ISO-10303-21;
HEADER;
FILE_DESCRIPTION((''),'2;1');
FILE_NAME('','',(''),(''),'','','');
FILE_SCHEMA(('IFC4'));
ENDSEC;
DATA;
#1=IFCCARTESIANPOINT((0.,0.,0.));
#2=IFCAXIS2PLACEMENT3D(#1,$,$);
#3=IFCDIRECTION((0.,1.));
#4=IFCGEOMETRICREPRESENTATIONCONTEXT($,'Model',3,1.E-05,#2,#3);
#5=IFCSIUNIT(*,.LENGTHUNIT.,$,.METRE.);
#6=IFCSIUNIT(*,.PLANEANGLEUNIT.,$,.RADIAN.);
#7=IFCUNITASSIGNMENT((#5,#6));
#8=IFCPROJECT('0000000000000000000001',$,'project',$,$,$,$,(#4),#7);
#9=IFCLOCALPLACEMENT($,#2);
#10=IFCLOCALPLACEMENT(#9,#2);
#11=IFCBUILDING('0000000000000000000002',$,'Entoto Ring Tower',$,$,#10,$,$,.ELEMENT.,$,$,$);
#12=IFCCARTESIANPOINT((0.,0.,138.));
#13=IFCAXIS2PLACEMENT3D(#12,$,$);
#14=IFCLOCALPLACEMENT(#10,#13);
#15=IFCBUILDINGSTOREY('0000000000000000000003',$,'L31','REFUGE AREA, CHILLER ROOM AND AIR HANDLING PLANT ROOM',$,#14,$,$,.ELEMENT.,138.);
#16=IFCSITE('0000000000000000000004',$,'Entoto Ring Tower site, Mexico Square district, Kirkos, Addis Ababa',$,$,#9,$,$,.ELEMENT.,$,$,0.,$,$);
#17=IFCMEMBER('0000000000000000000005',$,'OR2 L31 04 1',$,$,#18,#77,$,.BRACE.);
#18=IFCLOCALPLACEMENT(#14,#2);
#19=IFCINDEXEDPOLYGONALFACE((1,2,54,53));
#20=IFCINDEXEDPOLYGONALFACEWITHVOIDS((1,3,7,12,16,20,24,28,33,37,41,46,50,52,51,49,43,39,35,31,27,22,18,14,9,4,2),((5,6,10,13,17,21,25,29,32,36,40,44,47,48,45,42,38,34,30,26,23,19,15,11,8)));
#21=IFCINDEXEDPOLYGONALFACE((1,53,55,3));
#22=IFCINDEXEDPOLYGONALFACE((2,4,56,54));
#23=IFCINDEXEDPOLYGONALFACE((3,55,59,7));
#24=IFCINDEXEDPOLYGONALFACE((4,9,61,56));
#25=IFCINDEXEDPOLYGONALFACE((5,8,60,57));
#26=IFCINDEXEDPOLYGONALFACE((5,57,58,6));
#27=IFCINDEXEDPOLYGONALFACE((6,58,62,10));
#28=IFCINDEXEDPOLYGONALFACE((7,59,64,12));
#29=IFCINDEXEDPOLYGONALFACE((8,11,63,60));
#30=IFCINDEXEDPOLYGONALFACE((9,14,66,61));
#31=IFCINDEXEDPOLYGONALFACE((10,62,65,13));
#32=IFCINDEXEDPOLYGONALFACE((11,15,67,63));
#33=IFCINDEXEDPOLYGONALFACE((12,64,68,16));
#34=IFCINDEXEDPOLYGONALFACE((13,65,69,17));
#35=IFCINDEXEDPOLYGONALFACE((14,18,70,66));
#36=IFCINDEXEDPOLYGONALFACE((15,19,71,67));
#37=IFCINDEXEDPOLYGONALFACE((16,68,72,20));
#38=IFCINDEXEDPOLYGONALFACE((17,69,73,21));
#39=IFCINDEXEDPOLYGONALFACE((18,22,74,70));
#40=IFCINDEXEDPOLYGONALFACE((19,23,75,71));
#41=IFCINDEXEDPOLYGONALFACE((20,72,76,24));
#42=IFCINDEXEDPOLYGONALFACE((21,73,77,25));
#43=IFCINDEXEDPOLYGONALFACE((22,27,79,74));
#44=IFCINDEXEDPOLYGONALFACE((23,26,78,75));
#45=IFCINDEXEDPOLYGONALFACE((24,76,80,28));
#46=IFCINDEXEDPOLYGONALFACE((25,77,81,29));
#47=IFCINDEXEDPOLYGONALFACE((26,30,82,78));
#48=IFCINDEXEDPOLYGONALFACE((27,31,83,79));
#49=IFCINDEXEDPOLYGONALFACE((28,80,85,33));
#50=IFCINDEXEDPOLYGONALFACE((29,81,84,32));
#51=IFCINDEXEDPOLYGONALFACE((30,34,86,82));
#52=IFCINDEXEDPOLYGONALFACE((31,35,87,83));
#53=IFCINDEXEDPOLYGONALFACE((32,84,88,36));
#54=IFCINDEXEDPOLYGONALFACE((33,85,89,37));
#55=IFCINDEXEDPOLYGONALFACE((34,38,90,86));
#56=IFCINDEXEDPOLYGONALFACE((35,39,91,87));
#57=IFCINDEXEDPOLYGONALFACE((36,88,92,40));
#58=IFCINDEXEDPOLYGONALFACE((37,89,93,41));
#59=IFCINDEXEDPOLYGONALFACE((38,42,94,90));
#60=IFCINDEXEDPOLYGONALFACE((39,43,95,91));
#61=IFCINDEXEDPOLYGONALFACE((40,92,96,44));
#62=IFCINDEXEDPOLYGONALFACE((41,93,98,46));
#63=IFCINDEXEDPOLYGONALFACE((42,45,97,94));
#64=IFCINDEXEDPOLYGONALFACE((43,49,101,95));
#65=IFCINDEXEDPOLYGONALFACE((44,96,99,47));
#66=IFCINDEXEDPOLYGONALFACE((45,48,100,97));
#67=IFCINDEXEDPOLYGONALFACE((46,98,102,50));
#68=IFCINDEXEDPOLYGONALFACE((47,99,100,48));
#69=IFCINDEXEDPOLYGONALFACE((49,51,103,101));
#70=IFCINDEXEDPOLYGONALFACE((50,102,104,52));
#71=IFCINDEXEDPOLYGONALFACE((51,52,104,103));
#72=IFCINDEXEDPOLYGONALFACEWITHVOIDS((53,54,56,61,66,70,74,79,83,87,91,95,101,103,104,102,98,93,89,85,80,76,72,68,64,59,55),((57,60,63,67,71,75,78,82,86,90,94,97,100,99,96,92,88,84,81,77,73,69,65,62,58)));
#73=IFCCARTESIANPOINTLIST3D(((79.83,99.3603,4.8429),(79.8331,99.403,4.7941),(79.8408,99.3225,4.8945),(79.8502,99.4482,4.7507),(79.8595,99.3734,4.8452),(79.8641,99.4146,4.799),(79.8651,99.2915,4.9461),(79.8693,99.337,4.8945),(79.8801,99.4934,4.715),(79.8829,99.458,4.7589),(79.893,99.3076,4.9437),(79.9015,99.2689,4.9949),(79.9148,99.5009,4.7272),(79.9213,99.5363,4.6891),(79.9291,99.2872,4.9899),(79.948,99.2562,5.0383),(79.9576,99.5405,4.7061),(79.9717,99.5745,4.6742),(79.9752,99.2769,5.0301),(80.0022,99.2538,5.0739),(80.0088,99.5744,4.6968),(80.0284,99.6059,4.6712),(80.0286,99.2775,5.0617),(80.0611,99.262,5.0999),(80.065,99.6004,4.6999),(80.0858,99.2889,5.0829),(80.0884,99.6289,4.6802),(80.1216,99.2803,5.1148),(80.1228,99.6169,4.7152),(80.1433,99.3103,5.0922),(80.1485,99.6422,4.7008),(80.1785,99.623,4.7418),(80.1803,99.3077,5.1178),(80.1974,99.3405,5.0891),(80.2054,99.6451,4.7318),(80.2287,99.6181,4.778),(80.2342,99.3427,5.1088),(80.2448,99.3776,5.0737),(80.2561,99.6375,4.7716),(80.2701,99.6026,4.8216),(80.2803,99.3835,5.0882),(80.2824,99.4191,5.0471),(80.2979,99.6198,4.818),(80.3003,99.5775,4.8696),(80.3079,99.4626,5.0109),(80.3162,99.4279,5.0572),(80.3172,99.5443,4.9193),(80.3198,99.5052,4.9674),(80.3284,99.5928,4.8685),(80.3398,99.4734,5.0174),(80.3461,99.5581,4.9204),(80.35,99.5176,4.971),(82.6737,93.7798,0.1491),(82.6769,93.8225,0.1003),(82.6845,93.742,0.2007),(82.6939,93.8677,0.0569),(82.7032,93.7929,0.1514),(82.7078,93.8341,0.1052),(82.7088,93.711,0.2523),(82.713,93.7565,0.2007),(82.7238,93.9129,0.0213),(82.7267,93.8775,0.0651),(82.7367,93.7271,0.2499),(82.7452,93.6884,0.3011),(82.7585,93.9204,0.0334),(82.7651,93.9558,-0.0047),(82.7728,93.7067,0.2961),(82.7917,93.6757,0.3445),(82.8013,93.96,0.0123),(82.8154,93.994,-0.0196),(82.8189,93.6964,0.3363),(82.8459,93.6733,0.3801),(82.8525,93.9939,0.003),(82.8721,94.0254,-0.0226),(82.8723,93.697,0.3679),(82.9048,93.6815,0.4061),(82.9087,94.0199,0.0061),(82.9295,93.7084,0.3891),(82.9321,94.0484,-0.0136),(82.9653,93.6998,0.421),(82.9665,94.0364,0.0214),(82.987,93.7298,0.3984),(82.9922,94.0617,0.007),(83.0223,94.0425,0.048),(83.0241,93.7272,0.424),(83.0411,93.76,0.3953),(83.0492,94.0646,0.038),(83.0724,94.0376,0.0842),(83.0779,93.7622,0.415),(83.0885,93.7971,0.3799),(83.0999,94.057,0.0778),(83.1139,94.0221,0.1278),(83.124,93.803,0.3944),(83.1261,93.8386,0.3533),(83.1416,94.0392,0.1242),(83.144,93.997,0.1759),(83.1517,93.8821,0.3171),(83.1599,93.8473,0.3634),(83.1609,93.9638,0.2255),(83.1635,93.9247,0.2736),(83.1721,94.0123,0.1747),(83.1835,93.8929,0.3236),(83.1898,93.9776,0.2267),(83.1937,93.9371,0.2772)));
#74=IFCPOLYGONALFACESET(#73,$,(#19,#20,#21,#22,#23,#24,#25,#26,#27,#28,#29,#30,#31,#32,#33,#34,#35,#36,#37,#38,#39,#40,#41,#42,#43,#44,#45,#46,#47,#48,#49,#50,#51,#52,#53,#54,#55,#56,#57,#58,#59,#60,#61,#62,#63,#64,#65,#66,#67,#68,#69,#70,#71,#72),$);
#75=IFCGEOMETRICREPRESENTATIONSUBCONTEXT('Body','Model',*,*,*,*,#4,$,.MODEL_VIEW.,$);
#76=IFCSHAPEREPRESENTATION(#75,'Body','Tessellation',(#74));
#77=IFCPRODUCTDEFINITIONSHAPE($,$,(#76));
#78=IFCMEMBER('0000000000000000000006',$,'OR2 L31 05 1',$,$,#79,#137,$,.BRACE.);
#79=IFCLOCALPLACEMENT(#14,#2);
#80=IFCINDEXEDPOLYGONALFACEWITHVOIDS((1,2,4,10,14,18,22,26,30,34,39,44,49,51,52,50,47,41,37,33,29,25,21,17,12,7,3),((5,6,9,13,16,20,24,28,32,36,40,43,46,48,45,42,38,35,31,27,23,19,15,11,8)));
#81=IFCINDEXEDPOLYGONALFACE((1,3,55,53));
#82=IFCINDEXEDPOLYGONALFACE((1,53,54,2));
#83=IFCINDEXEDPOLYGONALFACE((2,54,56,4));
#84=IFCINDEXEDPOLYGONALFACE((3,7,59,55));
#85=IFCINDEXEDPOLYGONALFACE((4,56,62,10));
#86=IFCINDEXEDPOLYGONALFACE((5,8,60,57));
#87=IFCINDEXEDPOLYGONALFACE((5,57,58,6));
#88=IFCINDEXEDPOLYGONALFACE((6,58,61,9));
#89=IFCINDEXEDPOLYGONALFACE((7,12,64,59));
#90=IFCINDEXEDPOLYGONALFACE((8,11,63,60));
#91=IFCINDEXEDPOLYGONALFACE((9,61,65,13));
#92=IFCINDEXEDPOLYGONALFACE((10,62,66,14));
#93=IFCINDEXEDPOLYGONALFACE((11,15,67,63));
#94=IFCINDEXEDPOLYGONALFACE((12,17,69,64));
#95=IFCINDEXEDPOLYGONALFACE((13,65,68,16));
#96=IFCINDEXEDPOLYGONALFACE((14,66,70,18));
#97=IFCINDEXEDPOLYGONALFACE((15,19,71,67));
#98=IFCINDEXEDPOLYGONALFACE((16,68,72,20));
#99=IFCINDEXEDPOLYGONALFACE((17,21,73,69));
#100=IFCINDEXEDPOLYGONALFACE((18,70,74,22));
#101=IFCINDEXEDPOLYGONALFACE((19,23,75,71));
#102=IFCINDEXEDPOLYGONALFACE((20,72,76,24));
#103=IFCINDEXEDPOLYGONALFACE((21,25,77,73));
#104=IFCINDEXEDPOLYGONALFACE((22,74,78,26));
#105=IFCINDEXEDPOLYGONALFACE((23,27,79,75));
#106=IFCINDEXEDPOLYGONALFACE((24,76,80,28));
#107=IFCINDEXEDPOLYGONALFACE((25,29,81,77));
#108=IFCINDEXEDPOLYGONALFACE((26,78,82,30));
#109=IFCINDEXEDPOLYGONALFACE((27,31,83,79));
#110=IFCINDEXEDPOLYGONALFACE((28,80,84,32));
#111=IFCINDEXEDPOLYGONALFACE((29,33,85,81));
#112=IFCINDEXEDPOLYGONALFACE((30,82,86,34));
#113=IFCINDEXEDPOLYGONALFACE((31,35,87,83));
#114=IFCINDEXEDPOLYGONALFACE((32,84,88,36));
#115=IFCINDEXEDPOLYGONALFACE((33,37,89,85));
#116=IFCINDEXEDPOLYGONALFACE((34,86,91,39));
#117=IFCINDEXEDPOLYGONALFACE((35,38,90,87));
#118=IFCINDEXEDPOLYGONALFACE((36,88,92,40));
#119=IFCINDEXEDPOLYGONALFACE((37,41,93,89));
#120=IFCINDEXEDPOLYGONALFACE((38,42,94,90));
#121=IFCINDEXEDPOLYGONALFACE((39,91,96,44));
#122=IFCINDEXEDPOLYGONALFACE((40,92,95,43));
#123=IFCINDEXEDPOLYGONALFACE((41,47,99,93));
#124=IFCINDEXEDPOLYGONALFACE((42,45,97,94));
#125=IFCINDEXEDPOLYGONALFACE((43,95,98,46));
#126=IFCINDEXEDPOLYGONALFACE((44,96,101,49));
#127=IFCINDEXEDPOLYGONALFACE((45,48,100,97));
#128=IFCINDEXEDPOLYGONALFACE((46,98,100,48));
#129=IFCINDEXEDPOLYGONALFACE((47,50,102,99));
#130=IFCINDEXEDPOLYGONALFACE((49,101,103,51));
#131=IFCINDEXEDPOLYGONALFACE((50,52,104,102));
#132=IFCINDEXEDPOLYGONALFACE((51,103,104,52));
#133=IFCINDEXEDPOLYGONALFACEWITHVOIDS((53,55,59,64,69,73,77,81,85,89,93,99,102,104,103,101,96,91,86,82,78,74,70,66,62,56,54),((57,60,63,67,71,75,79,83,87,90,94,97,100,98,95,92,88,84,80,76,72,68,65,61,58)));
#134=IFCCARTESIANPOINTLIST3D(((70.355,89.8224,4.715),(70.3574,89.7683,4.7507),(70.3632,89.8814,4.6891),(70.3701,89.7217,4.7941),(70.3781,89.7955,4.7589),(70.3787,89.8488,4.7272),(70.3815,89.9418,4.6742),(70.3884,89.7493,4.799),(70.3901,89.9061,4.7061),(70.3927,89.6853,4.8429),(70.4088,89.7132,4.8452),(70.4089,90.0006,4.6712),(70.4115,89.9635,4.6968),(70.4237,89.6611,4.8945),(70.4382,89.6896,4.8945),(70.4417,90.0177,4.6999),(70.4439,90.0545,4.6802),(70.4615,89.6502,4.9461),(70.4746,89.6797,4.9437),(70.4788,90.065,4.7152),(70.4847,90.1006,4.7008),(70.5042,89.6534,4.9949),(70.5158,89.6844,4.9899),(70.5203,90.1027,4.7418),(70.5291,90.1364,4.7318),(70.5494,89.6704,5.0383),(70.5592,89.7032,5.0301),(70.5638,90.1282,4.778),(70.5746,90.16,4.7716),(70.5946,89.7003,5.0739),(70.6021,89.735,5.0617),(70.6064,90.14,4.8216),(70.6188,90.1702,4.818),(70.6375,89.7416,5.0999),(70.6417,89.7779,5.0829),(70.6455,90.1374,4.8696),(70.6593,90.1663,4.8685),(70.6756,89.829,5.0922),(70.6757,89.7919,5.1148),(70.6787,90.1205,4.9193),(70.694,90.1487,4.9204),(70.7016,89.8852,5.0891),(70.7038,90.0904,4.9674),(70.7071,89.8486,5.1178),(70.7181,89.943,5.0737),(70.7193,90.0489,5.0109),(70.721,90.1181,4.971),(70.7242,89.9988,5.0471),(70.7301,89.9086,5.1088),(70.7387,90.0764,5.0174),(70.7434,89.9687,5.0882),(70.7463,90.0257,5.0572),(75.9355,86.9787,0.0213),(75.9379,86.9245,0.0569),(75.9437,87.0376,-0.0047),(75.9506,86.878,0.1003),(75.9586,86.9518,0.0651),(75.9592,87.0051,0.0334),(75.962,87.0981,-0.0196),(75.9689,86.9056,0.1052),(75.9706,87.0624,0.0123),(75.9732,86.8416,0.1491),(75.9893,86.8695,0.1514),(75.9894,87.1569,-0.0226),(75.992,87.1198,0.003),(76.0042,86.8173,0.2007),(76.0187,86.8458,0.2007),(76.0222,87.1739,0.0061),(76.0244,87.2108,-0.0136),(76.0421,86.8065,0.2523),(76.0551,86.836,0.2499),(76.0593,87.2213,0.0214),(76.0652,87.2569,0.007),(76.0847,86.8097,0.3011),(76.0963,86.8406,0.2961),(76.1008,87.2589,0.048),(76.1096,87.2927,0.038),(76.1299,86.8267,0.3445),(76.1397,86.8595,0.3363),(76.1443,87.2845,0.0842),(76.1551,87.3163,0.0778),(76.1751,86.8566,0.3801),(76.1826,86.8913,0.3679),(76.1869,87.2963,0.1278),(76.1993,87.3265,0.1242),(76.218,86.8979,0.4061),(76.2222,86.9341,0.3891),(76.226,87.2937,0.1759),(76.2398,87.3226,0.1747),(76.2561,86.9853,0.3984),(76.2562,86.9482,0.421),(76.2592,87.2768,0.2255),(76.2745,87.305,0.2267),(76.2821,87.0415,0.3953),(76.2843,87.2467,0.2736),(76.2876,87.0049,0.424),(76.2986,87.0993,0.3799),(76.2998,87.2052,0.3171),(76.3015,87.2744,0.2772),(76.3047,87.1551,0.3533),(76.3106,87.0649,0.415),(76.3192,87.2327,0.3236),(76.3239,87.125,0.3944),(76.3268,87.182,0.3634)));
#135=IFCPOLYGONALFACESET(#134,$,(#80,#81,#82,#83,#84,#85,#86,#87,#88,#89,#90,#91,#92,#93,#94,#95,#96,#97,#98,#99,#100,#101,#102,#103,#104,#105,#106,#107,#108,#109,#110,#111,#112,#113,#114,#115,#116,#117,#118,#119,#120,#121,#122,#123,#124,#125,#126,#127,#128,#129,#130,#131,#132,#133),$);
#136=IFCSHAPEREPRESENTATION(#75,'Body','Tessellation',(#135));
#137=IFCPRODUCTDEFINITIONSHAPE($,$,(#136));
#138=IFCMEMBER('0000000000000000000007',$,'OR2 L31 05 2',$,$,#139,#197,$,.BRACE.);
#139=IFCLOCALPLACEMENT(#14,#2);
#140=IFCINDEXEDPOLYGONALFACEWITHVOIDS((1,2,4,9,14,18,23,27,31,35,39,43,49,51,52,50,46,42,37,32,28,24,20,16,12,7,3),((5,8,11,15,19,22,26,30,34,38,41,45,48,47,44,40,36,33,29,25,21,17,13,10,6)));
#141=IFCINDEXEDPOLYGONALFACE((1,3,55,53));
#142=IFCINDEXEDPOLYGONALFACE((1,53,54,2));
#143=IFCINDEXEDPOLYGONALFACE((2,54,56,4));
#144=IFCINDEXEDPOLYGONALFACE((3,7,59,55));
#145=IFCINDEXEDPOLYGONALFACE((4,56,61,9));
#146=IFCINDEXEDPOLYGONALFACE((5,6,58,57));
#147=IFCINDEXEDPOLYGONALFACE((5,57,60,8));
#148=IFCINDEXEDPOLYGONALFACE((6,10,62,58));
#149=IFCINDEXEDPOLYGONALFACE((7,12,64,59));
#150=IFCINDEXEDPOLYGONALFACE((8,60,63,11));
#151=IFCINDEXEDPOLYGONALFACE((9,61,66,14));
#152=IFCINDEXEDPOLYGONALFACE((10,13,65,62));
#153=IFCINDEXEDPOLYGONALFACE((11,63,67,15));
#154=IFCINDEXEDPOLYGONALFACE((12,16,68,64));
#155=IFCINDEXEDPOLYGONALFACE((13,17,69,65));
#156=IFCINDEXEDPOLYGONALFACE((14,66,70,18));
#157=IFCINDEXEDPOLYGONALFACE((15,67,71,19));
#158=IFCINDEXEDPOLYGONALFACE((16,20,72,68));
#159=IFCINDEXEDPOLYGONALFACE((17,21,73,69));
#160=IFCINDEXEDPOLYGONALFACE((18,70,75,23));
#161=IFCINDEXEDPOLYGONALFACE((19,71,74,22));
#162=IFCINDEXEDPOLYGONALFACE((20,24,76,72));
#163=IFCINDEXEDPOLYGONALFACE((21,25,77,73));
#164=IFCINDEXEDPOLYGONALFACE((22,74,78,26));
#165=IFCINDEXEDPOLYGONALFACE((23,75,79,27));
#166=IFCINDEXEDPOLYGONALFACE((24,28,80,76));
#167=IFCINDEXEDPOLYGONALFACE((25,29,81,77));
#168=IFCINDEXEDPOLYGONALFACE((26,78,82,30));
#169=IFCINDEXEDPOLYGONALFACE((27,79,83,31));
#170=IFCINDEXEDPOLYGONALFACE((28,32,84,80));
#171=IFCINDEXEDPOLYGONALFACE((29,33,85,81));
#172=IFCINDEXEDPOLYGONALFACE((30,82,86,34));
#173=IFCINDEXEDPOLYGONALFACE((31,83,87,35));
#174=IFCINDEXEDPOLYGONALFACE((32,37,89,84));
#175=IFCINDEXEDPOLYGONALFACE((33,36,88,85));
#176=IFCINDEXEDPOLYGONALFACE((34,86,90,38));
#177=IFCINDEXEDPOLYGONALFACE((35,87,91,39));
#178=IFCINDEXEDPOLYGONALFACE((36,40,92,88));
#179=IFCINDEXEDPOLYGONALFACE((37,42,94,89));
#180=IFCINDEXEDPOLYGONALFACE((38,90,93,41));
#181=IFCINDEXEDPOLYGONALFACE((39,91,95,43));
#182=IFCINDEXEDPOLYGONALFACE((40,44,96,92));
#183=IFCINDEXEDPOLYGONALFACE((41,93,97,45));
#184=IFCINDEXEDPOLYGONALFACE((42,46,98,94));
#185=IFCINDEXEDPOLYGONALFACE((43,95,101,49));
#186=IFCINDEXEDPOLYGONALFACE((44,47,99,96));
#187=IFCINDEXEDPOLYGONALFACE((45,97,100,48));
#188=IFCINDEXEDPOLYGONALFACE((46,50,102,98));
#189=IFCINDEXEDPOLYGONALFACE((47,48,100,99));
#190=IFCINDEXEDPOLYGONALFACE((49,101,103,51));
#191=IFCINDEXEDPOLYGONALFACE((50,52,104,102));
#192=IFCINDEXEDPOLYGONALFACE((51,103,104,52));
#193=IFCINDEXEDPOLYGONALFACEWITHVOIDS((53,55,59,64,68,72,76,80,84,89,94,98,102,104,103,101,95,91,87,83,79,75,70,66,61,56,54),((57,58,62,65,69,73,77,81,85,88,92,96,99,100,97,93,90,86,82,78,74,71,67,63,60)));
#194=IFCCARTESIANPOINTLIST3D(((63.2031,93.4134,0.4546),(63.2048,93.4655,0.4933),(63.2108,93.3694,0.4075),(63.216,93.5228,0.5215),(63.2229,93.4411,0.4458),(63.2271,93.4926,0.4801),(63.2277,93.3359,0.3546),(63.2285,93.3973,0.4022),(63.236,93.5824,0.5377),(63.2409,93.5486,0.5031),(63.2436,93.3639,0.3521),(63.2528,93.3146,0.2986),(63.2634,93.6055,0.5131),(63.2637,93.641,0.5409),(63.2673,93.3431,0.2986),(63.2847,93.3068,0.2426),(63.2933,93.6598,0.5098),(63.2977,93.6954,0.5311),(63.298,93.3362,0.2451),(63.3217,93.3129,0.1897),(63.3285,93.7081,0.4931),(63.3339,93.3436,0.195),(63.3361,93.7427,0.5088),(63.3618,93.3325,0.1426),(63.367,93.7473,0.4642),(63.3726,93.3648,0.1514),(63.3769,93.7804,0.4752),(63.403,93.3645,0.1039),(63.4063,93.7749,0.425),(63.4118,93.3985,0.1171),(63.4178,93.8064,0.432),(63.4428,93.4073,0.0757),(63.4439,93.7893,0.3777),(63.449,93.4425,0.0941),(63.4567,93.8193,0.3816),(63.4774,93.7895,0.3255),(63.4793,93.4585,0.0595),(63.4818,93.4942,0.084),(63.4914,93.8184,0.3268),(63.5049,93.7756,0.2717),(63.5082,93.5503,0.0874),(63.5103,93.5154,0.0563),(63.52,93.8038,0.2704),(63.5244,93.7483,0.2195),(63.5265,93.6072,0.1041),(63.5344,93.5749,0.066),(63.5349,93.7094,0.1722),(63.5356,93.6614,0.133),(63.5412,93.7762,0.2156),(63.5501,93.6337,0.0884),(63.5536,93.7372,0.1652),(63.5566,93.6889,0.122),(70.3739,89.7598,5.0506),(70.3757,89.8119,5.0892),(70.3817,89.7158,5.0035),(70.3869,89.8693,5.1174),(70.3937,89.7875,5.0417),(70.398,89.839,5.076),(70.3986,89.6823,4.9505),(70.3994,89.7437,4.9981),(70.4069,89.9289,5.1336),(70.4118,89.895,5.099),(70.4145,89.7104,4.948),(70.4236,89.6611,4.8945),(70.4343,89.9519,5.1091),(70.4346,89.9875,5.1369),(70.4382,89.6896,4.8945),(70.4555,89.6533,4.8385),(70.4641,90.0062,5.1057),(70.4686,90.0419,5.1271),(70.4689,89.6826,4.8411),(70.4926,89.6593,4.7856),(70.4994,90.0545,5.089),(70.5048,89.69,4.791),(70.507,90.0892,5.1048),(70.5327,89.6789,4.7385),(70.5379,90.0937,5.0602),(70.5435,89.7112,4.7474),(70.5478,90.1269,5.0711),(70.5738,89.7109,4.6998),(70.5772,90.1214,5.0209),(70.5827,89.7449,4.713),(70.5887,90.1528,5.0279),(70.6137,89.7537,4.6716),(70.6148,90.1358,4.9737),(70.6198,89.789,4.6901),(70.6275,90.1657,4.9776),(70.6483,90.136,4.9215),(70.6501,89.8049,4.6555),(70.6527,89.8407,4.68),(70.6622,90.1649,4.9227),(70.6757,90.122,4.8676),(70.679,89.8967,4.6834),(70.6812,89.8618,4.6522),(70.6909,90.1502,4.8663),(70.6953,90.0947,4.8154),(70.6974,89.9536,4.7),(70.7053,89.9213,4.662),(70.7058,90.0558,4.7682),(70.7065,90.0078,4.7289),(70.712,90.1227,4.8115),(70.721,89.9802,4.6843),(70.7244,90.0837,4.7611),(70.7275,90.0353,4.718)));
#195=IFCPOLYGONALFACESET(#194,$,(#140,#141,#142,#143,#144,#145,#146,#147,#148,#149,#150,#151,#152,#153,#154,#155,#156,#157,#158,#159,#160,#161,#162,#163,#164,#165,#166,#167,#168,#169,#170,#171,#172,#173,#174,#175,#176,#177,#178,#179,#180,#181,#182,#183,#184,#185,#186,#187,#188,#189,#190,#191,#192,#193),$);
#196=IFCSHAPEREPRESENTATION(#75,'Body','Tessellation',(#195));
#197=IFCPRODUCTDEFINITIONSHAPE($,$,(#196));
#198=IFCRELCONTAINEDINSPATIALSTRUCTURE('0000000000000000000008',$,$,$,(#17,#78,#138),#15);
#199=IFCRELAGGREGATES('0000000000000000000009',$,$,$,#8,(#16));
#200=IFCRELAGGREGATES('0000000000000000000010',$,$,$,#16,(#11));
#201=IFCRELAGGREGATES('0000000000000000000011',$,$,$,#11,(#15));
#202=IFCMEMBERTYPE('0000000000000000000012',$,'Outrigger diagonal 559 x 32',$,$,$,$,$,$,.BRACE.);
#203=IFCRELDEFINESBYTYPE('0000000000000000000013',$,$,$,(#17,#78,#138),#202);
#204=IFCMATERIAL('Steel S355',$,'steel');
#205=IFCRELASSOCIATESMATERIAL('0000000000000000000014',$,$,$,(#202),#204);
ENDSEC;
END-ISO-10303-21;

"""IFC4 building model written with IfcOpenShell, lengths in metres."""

from ifc_helpers import new_model, si_unit, direction, frame, origin, origin_2d, place, context, subcontext, project, spatial, circle, hollow_circle, extrude, material, material_profile, profile_set, type_object, element, save


model = new_model("IFC4")

# Units and contexts
model_context = context("Model", 3, precision=1e-05, world=origin(), true_north=direction((0.0, 1.0)))
body_context = subcontext(model_context, "Body", "Model", "MODEL_VIEW")
ifc_project = project(units=[si_unit("LENGTHUNIT", "METRE"), si_unit("PLANEANGLEUNIT", "RADIAN")], contexts=[model_context])

# Site, building, storey
site_placement = place(None, origin())
site = spatial("IfcSite", under=ifc_project, at=site_placement, Name="Entoto Ring Tower site, Mexico Square district, Kirkos, Addis Ababa", CompositionType="ELEMENT", RefElevation=0.0)
building_placement = place(site_placement, origin())
building = spatial("IfcBuilding", under=site, at=building_placement, Name="Entoto Ring Tower", CompositionType="ELEMENT")
storey_placement = place(building_placement, frame((0.0, 0.0, 138.0)))
storey = spatial("IfcBuildingStorey", under=building, at=storey_placement, Name="L31", Description="REFUGE AREA, CHILLER ROOM AND AIR HANDLING PLANT ROOM", CompositionType="ELEMENT", Elevation=138.0)

# Members
ifc_material_1 = material(Name="Steel S355", Category="steel")
ifc_material_profile_1 = material_profile(ifc_material_1, hollow_circle(Radius=0.2795, WallThickness=0.032, at=origin_2d()), Name="CHS 559 x 32")
ifc_material_2 = material(Name="Concrete C60/75", Category="concrete")
ifc_material_profile_2 = material_profile(ifc_material_2, circle(Radius=0.2476, at=origin_2d()), Name="Concrete C60/75 infill")
ifc_profile_set_1 = profile_set([ifc_material_profile_1, ifc_material_profile_2], Name="Steel S355")
member_type_1 = type_object("IfcMemberType", Name="Outrigger diagonal 559 x 32", PredefinedType="BRACE", material=ifc_profile_set_1)
for number, where, z_axis, x_axis, name in (
    (1, (82.9336, 93.8689, 0.2007), (-0.363326, 0.71299, 0.5997), (-0.890987, -0.45403, 0.0), "OR2 L31 04 1"),
    (2, (76.1311, 87.0664, 0.2007), (-0.71299, 0.363326, 0.5997), (-0.45403, -0.890987, 0.0), "OR2 L31 05 1"),
):
    element("IfcMember", number, at=place(storey_placement, frame(where, z_axis=z_axis, x_axis=x_axis)), inside=storey, type_object=member_type_1, Name=name, PredefinedType="BRACE", context=body_context, shape_type="SweptSolid", body=[
        extrude(hollow_circle(Radius=0.2795, WallThickness=0.032, at=origin_2d()), origin(), (0.0, 0.0, 1.0), 7.8269),
    ])
member_1_placement = place(storey_placement, frame((70.5505, 89.9102, 4.8945), z_axis=(-0.773739, 0.394219, -0.495902), x_axis=(-0.453972, -0.891016, 0.0)))
element("IfcMember", 3, at=member_1_placement, inside=storey, type_object=member_type_1, Name="OR2 L31 05 2", PredefinedType="BRACE", context=body_context, shape_type="SweptSolid", body=[
    extrude(hollow_circle(Radius=0.2795, WallThickness=0.032, at=origin_2d()), origin(), (0.0, 0.0, 1.0), 9.2678),
])

save(model, "model.ifc")
